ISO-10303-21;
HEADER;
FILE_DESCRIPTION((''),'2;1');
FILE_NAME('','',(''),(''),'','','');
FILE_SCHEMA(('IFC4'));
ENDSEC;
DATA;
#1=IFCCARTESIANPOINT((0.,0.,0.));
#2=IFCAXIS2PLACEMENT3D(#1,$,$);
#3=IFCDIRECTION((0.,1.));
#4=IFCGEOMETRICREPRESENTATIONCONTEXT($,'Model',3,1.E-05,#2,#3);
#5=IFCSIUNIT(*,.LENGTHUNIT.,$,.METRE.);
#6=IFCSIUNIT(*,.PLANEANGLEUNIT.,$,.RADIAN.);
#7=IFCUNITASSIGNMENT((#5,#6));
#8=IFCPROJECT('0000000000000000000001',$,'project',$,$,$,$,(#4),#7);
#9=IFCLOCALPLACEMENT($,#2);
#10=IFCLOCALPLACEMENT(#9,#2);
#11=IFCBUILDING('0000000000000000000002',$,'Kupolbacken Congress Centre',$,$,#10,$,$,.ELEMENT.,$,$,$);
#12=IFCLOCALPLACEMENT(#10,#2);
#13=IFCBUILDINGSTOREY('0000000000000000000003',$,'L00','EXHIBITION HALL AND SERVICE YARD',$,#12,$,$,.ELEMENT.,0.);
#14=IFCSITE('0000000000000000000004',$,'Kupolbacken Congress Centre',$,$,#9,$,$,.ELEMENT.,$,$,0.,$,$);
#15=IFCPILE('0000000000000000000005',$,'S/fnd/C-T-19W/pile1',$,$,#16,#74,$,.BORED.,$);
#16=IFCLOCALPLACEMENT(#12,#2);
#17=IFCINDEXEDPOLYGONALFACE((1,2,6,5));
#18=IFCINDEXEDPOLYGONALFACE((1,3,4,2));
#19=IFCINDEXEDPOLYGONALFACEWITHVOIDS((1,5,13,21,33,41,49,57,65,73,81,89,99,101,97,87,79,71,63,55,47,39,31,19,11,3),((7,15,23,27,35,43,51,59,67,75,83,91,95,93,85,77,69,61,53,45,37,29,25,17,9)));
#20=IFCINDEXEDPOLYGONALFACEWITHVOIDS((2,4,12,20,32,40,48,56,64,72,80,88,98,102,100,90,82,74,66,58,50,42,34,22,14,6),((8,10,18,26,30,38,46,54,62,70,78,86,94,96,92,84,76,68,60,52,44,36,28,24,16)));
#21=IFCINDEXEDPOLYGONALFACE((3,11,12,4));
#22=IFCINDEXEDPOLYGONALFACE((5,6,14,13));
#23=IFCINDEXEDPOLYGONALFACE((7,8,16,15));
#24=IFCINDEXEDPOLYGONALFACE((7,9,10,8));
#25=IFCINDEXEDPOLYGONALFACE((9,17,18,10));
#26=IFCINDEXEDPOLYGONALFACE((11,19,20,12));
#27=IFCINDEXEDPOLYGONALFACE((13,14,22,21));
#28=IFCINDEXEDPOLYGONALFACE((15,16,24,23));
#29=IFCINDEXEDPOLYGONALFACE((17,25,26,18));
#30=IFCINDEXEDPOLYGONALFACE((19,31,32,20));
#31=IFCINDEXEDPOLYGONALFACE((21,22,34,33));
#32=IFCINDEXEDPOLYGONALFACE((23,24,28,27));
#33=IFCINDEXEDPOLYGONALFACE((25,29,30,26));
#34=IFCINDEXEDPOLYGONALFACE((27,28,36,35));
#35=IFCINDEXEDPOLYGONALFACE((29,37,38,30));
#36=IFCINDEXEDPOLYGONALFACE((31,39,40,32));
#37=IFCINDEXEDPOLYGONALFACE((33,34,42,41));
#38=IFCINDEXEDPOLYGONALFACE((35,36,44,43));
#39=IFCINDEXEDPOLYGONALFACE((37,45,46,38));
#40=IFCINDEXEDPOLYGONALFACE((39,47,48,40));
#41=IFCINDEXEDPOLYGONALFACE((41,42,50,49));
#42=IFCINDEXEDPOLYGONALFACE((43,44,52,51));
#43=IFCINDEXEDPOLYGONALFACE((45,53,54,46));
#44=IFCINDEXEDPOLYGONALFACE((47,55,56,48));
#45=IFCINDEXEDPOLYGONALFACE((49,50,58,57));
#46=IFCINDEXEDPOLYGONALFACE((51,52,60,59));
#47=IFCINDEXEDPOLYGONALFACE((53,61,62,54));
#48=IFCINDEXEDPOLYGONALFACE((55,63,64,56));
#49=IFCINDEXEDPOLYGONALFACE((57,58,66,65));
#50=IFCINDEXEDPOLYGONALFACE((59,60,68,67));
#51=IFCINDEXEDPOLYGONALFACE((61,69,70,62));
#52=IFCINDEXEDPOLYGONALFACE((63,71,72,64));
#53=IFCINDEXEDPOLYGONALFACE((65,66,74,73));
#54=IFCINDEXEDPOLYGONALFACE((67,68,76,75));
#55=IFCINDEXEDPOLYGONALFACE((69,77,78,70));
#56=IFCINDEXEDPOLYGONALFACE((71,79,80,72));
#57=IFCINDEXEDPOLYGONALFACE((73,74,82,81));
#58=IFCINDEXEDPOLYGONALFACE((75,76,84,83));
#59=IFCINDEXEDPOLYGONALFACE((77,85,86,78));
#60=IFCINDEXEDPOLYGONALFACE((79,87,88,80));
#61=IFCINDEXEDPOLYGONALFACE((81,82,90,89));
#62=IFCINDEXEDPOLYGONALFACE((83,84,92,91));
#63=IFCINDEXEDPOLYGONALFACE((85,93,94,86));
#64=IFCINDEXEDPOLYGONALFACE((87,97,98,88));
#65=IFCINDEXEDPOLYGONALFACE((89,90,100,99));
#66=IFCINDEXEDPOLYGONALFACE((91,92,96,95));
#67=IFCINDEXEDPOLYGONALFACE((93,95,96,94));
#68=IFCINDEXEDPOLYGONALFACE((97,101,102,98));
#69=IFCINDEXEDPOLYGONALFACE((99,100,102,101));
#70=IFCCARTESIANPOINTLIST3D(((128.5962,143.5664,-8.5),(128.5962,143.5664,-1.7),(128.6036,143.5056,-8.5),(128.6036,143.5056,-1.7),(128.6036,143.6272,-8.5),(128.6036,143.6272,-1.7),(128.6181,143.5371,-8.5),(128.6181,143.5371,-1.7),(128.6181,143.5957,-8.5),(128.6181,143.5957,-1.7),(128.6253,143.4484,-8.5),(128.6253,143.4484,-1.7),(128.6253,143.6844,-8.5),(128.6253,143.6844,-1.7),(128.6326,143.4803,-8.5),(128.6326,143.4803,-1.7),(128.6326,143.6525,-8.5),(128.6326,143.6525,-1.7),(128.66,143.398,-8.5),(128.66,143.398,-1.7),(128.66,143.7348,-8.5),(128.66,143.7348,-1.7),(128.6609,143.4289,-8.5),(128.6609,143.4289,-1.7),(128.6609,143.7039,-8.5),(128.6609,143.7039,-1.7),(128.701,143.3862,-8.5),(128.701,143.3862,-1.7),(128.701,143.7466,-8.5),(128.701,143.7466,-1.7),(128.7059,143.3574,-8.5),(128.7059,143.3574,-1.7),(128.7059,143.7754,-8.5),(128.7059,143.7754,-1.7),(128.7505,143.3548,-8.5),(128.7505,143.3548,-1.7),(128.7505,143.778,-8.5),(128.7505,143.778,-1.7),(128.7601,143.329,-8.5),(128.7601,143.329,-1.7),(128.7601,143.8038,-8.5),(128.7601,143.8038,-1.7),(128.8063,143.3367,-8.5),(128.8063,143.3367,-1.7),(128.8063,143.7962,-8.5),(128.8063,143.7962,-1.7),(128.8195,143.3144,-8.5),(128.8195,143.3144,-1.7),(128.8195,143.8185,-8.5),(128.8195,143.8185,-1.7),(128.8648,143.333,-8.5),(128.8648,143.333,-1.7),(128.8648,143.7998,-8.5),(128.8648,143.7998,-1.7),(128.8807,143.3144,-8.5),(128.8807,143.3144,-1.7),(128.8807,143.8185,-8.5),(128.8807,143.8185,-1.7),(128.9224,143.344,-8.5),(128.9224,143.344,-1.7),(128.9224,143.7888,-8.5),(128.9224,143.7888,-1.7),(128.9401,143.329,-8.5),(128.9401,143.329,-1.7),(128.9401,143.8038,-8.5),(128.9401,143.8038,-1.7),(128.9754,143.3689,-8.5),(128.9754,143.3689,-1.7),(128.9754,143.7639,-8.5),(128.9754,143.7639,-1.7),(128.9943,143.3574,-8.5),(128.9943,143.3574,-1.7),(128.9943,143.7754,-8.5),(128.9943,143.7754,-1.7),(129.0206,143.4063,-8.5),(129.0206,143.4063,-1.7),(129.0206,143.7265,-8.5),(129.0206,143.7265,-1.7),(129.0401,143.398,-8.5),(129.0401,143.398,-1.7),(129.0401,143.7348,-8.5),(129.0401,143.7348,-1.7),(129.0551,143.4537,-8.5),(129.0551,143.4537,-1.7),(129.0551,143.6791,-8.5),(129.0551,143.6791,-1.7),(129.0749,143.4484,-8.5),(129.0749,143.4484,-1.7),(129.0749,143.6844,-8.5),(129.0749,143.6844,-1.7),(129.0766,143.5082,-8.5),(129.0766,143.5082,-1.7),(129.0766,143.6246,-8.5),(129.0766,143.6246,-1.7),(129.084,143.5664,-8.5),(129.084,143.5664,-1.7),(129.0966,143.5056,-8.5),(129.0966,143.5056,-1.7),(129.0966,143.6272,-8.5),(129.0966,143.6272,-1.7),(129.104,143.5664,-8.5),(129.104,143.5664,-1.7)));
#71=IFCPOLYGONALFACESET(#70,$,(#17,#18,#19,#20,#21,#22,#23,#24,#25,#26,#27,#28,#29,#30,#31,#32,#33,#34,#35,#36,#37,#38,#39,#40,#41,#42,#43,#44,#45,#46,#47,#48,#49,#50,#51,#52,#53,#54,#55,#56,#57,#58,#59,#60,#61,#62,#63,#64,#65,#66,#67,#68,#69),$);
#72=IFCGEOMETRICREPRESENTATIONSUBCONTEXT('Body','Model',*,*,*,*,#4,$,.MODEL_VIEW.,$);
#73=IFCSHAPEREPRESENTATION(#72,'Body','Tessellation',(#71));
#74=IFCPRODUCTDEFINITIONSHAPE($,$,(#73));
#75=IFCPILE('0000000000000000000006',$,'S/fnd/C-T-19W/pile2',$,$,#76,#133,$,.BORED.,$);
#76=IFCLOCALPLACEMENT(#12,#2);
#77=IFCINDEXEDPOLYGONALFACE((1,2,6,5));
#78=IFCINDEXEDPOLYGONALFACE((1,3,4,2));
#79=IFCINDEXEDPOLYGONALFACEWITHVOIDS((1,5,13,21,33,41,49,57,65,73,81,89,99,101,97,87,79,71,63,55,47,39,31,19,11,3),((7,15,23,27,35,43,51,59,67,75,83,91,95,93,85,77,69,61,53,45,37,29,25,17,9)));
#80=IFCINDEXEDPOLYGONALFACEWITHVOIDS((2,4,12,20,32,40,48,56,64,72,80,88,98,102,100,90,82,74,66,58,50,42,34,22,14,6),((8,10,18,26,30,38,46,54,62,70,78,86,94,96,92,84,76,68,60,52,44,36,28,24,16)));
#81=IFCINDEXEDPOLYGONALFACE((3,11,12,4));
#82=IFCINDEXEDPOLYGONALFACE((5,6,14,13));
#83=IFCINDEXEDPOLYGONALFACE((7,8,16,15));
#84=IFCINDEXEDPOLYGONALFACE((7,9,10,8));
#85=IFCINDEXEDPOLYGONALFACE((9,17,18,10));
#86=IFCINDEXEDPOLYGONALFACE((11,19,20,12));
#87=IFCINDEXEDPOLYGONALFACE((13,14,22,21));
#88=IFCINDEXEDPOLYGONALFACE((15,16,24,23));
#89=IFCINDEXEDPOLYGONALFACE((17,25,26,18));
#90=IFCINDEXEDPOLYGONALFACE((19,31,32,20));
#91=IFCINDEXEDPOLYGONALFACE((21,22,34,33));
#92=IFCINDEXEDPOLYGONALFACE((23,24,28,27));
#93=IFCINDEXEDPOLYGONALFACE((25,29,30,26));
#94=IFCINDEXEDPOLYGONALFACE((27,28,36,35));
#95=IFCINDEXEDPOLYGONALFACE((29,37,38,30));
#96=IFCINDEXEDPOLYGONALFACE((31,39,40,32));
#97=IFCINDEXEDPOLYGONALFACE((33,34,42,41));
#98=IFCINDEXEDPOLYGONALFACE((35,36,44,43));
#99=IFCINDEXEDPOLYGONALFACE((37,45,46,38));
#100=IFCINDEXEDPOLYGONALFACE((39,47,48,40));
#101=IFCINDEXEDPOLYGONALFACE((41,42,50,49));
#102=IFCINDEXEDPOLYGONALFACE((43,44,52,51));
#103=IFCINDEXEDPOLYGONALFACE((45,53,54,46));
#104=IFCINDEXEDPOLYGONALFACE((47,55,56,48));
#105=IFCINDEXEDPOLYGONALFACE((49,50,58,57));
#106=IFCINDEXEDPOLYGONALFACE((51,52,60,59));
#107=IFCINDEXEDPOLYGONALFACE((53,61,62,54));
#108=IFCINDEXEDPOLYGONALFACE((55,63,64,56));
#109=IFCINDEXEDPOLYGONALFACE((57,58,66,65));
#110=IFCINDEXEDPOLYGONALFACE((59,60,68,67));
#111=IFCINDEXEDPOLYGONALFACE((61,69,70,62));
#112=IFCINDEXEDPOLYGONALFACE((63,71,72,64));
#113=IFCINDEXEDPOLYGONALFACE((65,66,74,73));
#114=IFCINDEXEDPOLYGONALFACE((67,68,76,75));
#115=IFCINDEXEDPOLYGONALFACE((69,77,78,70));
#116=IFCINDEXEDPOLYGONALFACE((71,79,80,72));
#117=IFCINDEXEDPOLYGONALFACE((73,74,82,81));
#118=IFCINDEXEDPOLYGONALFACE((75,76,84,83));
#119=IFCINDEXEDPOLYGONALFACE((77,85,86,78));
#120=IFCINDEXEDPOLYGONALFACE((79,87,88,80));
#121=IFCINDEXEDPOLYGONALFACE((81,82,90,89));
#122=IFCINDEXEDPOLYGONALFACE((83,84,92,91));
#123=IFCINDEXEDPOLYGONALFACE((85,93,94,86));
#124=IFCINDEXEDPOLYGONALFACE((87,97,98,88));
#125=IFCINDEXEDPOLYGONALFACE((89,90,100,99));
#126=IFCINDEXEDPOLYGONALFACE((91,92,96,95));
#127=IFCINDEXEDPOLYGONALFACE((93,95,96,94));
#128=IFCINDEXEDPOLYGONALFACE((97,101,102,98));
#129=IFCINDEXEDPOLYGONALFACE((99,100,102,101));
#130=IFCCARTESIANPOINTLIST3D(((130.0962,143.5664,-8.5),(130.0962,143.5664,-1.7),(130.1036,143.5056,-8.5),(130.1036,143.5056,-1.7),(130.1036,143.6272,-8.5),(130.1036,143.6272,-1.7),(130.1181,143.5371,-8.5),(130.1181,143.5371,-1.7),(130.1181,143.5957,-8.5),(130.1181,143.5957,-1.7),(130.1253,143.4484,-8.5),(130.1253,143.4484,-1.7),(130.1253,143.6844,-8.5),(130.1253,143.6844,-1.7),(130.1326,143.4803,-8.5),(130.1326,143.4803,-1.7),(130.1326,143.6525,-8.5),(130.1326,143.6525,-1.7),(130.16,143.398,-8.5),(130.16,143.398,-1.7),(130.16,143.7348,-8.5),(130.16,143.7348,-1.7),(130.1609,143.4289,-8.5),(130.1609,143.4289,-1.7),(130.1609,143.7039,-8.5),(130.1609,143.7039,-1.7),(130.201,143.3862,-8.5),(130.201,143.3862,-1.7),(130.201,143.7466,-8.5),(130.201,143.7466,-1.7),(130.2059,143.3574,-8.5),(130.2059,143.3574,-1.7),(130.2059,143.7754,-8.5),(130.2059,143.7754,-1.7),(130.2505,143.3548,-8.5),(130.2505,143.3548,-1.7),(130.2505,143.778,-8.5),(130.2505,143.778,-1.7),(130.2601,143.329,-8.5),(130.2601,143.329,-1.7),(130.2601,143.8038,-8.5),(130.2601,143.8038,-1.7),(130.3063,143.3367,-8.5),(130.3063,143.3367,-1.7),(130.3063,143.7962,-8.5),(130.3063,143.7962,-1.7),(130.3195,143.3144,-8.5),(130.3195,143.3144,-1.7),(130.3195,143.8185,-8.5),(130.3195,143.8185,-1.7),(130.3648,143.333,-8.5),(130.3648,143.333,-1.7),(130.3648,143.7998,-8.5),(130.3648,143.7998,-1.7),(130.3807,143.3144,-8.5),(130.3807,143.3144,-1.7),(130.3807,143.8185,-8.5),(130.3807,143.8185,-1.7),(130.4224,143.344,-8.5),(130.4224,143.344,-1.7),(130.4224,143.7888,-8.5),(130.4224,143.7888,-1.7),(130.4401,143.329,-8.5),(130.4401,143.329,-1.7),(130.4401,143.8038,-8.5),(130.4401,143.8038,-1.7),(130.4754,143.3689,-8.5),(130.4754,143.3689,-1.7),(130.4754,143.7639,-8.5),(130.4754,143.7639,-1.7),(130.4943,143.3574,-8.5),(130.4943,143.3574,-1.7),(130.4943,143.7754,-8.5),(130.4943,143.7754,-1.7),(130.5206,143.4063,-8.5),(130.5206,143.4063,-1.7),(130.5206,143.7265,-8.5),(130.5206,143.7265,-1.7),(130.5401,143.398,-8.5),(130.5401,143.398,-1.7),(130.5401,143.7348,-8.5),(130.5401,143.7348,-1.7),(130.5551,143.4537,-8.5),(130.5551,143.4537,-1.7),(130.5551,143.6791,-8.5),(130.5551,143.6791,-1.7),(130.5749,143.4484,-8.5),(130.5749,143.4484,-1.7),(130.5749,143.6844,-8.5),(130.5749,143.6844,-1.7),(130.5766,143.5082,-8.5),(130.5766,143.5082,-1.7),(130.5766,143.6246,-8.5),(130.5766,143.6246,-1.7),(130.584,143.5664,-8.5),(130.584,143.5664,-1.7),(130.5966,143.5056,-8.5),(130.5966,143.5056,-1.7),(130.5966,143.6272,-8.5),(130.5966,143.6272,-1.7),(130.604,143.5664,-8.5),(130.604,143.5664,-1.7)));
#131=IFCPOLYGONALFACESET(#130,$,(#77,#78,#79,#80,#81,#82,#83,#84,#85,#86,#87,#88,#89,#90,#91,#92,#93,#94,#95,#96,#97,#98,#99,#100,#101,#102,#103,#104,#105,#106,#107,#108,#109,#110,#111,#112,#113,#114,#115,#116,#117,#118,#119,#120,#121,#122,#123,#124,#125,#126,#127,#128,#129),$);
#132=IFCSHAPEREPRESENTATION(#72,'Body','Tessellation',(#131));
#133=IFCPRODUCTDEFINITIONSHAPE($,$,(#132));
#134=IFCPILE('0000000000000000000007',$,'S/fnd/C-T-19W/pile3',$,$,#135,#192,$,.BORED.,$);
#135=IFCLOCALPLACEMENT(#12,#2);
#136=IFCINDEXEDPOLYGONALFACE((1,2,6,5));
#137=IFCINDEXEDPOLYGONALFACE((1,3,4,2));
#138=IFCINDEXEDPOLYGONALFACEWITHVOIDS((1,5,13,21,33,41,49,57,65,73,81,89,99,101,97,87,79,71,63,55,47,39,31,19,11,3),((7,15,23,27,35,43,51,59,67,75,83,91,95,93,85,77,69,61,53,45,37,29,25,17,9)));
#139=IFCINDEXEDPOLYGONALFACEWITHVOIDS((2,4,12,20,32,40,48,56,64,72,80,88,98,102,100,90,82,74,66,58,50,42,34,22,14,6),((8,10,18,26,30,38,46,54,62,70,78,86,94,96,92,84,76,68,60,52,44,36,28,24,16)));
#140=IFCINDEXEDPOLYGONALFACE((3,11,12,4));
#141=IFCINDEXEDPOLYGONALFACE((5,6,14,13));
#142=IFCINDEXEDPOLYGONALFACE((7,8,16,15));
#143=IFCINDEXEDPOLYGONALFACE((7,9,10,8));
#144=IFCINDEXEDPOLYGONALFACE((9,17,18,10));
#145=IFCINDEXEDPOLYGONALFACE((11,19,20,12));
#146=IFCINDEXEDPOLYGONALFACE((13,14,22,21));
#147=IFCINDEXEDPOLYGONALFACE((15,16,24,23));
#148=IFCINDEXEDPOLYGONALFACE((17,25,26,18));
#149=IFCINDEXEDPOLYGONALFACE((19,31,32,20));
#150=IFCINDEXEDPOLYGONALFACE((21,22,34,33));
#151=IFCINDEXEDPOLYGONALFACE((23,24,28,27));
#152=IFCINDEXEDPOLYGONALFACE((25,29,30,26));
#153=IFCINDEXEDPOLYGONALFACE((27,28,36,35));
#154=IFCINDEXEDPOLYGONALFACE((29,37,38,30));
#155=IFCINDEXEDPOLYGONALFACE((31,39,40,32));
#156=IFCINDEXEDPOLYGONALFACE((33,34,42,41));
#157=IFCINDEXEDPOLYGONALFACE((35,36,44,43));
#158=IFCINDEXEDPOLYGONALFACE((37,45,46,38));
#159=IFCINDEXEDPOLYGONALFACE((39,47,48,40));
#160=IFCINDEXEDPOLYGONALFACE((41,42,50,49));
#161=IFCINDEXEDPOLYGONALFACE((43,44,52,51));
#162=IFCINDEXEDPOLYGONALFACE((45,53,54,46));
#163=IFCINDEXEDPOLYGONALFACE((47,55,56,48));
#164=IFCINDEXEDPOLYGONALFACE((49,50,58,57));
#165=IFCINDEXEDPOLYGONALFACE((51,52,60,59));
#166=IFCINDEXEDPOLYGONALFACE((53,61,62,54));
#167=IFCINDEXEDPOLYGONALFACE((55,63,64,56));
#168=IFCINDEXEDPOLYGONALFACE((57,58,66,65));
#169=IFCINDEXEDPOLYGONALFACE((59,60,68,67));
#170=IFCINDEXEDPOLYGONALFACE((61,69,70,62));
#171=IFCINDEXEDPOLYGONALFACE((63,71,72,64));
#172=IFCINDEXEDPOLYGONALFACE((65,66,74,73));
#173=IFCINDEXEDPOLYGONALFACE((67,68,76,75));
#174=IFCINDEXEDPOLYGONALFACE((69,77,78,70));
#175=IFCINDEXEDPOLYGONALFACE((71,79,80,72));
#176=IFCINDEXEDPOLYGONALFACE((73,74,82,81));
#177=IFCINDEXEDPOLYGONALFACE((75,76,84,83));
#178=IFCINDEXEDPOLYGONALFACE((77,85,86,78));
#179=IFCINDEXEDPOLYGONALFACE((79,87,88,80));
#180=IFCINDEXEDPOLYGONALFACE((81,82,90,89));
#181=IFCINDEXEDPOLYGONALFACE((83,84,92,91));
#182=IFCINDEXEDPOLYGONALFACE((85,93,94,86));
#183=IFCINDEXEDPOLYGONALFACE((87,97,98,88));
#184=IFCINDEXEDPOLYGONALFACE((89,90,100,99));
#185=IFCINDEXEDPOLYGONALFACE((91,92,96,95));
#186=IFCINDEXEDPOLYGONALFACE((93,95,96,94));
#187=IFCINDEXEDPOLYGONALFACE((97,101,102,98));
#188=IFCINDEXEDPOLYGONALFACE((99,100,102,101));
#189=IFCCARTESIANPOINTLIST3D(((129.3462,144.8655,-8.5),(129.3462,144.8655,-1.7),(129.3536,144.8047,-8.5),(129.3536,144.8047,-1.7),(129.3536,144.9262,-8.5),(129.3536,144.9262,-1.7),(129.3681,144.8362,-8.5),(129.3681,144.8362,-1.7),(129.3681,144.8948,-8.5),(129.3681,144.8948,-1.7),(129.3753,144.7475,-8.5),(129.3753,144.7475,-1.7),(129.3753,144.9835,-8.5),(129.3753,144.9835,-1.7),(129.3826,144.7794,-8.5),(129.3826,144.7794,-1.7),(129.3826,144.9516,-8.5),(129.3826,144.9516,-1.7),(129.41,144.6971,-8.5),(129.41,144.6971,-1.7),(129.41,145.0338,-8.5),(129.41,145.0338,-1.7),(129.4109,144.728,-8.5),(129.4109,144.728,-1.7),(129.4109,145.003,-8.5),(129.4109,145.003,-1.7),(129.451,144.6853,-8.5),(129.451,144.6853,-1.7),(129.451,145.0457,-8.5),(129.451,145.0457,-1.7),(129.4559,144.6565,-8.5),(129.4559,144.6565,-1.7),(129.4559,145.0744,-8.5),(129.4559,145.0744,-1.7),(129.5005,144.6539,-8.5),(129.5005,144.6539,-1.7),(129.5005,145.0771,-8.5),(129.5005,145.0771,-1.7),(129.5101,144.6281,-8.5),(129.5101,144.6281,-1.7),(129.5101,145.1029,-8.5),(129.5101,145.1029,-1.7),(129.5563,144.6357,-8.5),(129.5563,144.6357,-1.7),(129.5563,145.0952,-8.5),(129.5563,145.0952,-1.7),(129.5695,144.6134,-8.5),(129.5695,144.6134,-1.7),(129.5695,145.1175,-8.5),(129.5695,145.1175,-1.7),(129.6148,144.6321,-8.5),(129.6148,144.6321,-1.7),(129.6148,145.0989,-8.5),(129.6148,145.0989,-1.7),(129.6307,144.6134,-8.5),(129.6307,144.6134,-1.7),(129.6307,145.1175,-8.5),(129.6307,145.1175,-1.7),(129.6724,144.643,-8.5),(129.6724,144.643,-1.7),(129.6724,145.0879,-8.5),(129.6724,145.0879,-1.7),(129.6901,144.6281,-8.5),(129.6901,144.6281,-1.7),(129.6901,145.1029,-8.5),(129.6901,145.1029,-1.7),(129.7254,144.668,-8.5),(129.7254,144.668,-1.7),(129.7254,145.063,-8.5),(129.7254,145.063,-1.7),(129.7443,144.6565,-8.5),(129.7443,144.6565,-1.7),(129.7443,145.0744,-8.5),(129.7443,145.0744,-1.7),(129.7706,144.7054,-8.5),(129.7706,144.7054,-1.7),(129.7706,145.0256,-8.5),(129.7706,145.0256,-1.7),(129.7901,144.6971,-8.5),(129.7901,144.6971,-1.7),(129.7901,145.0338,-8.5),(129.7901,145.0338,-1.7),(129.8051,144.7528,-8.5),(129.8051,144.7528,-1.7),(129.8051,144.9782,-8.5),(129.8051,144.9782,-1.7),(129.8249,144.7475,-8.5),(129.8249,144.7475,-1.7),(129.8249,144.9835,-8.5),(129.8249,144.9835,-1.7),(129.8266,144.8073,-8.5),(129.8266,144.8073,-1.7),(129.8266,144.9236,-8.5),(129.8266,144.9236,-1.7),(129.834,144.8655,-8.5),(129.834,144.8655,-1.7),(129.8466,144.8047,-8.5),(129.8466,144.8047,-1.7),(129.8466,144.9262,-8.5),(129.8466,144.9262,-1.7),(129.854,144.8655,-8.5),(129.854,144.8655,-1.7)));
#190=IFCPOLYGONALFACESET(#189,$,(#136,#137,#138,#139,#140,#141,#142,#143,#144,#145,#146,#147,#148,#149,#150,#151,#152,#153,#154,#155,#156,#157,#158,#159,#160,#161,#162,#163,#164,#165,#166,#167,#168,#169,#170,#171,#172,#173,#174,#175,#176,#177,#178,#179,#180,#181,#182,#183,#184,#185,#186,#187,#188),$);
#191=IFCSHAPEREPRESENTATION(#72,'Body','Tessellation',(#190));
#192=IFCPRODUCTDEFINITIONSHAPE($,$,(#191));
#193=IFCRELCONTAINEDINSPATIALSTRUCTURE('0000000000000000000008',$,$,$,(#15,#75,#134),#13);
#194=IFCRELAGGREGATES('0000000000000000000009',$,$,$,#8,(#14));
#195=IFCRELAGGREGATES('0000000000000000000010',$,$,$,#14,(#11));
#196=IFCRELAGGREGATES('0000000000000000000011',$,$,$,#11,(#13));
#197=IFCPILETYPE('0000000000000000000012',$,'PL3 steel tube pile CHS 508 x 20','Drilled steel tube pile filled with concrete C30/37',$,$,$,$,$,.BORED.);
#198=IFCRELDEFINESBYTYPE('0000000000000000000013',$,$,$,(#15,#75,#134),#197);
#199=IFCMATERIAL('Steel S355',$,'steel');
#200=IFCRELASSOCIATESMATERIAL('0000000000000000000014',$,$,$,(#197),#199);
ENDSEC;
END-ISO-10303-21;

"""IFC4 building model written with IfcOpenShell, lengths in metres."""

from ifc_helpers import new_model, si_unit, direction, frame, origin, origin_2d, place, context, subcontext, project, spatial, hollow_circle, extrude, material, material_profile, profile_set, type_object, element, save


model = new_model("IFC4")

# Units and contexts
model_context = context("Model", 3, precision=1e-05, world=origin(), true_north=direction((0.0, 1.0)))
body_context = subcontext(model_context, "Body", "Model", "MODEL_VIEW")
ifc_project = project(units=[si_unit("LENGTHUNIT", "METRE"), si_unit("PLANEANGLEUNIT", "RADIAN")], contexts=[model_context])

# Site, building, storey
site_placement = place(None, origin())
site = spatial("IfcSite", under=ifc_project, at=site_placement, Name="Kupolbacken Congress Centre", CompositionType="ELEMENT", RefElevation=0.0)
building_placement = place(site_placement, origin())
building = spatial("IfcBuilding", under=site, at=building_placement, Name="Kupolbacken Congress Centre", CompositionType="ELEMENT")
storey_placement = place(building_placement, origin())
storey = spatial("IfcBuildingStorey", under=building, at=storey_placement, Name="L00", Description="EXHIBITION HALL AND SERVICE YARD", CompositionType="ELEMENT", Elevation=0.0)

# Piles
ifc_material_1 = material(Name="Steel S355", Category="steel")
ifc_material_profile_1 = material_profile(ifc_material_1, hollow_circle(Radius=0.2539, WallThickness=0.02, at=origin_2d()), Name="CHS 508 x 20")
ifc_profile_set_1 = profile_set([ifc_material_profile_1], Name="Steel S355")
pile_type = type_object("IfcPileType", Name="PL3 steel tube pile CHS 508 x 20", Description="Drilled steel tube pile filled with concrete C30/37", PredefinedType="BORED", material=ifc_profile_set_1)
for number, where, z_axis, x_axis, name in (
    (1, (128.8501, 143.5664, -1.7), (0.0, 0.0, -1.0), (1.0, 0.0, 0.0), "S/fnd/C-T-19W/pile1"),
    (2, (130.3501, 143.5664, -1.7), (0.0, 0.0, -1.0), (1.0, 0.0, 0.0), "S/fnd/C-T-19W/pile2"),
    (3, (129.6001, 144.8655, -1.7), (0.0, 0.0, -1.0), (1.0, 0.0, 0.0), "S/fnd/C-T-19W/pile3"),
):
    element("IfcPile", number, at=place(storey_placement, frame(where, z_axis=z_axis, x_axis=x_axis)), inside=storey, type_object=pile_type, Name=name, PredefinedType="BORED", context=body_context, shape_type="SweptSolid", body=[
        extrude(hollow_circle(Radius=0.2539, WallThickness=0.02, at=origin_2d()), origin(), (0.0, 0.0, 1.0), 6.8),
    ])

save(model, "model.ifc")
